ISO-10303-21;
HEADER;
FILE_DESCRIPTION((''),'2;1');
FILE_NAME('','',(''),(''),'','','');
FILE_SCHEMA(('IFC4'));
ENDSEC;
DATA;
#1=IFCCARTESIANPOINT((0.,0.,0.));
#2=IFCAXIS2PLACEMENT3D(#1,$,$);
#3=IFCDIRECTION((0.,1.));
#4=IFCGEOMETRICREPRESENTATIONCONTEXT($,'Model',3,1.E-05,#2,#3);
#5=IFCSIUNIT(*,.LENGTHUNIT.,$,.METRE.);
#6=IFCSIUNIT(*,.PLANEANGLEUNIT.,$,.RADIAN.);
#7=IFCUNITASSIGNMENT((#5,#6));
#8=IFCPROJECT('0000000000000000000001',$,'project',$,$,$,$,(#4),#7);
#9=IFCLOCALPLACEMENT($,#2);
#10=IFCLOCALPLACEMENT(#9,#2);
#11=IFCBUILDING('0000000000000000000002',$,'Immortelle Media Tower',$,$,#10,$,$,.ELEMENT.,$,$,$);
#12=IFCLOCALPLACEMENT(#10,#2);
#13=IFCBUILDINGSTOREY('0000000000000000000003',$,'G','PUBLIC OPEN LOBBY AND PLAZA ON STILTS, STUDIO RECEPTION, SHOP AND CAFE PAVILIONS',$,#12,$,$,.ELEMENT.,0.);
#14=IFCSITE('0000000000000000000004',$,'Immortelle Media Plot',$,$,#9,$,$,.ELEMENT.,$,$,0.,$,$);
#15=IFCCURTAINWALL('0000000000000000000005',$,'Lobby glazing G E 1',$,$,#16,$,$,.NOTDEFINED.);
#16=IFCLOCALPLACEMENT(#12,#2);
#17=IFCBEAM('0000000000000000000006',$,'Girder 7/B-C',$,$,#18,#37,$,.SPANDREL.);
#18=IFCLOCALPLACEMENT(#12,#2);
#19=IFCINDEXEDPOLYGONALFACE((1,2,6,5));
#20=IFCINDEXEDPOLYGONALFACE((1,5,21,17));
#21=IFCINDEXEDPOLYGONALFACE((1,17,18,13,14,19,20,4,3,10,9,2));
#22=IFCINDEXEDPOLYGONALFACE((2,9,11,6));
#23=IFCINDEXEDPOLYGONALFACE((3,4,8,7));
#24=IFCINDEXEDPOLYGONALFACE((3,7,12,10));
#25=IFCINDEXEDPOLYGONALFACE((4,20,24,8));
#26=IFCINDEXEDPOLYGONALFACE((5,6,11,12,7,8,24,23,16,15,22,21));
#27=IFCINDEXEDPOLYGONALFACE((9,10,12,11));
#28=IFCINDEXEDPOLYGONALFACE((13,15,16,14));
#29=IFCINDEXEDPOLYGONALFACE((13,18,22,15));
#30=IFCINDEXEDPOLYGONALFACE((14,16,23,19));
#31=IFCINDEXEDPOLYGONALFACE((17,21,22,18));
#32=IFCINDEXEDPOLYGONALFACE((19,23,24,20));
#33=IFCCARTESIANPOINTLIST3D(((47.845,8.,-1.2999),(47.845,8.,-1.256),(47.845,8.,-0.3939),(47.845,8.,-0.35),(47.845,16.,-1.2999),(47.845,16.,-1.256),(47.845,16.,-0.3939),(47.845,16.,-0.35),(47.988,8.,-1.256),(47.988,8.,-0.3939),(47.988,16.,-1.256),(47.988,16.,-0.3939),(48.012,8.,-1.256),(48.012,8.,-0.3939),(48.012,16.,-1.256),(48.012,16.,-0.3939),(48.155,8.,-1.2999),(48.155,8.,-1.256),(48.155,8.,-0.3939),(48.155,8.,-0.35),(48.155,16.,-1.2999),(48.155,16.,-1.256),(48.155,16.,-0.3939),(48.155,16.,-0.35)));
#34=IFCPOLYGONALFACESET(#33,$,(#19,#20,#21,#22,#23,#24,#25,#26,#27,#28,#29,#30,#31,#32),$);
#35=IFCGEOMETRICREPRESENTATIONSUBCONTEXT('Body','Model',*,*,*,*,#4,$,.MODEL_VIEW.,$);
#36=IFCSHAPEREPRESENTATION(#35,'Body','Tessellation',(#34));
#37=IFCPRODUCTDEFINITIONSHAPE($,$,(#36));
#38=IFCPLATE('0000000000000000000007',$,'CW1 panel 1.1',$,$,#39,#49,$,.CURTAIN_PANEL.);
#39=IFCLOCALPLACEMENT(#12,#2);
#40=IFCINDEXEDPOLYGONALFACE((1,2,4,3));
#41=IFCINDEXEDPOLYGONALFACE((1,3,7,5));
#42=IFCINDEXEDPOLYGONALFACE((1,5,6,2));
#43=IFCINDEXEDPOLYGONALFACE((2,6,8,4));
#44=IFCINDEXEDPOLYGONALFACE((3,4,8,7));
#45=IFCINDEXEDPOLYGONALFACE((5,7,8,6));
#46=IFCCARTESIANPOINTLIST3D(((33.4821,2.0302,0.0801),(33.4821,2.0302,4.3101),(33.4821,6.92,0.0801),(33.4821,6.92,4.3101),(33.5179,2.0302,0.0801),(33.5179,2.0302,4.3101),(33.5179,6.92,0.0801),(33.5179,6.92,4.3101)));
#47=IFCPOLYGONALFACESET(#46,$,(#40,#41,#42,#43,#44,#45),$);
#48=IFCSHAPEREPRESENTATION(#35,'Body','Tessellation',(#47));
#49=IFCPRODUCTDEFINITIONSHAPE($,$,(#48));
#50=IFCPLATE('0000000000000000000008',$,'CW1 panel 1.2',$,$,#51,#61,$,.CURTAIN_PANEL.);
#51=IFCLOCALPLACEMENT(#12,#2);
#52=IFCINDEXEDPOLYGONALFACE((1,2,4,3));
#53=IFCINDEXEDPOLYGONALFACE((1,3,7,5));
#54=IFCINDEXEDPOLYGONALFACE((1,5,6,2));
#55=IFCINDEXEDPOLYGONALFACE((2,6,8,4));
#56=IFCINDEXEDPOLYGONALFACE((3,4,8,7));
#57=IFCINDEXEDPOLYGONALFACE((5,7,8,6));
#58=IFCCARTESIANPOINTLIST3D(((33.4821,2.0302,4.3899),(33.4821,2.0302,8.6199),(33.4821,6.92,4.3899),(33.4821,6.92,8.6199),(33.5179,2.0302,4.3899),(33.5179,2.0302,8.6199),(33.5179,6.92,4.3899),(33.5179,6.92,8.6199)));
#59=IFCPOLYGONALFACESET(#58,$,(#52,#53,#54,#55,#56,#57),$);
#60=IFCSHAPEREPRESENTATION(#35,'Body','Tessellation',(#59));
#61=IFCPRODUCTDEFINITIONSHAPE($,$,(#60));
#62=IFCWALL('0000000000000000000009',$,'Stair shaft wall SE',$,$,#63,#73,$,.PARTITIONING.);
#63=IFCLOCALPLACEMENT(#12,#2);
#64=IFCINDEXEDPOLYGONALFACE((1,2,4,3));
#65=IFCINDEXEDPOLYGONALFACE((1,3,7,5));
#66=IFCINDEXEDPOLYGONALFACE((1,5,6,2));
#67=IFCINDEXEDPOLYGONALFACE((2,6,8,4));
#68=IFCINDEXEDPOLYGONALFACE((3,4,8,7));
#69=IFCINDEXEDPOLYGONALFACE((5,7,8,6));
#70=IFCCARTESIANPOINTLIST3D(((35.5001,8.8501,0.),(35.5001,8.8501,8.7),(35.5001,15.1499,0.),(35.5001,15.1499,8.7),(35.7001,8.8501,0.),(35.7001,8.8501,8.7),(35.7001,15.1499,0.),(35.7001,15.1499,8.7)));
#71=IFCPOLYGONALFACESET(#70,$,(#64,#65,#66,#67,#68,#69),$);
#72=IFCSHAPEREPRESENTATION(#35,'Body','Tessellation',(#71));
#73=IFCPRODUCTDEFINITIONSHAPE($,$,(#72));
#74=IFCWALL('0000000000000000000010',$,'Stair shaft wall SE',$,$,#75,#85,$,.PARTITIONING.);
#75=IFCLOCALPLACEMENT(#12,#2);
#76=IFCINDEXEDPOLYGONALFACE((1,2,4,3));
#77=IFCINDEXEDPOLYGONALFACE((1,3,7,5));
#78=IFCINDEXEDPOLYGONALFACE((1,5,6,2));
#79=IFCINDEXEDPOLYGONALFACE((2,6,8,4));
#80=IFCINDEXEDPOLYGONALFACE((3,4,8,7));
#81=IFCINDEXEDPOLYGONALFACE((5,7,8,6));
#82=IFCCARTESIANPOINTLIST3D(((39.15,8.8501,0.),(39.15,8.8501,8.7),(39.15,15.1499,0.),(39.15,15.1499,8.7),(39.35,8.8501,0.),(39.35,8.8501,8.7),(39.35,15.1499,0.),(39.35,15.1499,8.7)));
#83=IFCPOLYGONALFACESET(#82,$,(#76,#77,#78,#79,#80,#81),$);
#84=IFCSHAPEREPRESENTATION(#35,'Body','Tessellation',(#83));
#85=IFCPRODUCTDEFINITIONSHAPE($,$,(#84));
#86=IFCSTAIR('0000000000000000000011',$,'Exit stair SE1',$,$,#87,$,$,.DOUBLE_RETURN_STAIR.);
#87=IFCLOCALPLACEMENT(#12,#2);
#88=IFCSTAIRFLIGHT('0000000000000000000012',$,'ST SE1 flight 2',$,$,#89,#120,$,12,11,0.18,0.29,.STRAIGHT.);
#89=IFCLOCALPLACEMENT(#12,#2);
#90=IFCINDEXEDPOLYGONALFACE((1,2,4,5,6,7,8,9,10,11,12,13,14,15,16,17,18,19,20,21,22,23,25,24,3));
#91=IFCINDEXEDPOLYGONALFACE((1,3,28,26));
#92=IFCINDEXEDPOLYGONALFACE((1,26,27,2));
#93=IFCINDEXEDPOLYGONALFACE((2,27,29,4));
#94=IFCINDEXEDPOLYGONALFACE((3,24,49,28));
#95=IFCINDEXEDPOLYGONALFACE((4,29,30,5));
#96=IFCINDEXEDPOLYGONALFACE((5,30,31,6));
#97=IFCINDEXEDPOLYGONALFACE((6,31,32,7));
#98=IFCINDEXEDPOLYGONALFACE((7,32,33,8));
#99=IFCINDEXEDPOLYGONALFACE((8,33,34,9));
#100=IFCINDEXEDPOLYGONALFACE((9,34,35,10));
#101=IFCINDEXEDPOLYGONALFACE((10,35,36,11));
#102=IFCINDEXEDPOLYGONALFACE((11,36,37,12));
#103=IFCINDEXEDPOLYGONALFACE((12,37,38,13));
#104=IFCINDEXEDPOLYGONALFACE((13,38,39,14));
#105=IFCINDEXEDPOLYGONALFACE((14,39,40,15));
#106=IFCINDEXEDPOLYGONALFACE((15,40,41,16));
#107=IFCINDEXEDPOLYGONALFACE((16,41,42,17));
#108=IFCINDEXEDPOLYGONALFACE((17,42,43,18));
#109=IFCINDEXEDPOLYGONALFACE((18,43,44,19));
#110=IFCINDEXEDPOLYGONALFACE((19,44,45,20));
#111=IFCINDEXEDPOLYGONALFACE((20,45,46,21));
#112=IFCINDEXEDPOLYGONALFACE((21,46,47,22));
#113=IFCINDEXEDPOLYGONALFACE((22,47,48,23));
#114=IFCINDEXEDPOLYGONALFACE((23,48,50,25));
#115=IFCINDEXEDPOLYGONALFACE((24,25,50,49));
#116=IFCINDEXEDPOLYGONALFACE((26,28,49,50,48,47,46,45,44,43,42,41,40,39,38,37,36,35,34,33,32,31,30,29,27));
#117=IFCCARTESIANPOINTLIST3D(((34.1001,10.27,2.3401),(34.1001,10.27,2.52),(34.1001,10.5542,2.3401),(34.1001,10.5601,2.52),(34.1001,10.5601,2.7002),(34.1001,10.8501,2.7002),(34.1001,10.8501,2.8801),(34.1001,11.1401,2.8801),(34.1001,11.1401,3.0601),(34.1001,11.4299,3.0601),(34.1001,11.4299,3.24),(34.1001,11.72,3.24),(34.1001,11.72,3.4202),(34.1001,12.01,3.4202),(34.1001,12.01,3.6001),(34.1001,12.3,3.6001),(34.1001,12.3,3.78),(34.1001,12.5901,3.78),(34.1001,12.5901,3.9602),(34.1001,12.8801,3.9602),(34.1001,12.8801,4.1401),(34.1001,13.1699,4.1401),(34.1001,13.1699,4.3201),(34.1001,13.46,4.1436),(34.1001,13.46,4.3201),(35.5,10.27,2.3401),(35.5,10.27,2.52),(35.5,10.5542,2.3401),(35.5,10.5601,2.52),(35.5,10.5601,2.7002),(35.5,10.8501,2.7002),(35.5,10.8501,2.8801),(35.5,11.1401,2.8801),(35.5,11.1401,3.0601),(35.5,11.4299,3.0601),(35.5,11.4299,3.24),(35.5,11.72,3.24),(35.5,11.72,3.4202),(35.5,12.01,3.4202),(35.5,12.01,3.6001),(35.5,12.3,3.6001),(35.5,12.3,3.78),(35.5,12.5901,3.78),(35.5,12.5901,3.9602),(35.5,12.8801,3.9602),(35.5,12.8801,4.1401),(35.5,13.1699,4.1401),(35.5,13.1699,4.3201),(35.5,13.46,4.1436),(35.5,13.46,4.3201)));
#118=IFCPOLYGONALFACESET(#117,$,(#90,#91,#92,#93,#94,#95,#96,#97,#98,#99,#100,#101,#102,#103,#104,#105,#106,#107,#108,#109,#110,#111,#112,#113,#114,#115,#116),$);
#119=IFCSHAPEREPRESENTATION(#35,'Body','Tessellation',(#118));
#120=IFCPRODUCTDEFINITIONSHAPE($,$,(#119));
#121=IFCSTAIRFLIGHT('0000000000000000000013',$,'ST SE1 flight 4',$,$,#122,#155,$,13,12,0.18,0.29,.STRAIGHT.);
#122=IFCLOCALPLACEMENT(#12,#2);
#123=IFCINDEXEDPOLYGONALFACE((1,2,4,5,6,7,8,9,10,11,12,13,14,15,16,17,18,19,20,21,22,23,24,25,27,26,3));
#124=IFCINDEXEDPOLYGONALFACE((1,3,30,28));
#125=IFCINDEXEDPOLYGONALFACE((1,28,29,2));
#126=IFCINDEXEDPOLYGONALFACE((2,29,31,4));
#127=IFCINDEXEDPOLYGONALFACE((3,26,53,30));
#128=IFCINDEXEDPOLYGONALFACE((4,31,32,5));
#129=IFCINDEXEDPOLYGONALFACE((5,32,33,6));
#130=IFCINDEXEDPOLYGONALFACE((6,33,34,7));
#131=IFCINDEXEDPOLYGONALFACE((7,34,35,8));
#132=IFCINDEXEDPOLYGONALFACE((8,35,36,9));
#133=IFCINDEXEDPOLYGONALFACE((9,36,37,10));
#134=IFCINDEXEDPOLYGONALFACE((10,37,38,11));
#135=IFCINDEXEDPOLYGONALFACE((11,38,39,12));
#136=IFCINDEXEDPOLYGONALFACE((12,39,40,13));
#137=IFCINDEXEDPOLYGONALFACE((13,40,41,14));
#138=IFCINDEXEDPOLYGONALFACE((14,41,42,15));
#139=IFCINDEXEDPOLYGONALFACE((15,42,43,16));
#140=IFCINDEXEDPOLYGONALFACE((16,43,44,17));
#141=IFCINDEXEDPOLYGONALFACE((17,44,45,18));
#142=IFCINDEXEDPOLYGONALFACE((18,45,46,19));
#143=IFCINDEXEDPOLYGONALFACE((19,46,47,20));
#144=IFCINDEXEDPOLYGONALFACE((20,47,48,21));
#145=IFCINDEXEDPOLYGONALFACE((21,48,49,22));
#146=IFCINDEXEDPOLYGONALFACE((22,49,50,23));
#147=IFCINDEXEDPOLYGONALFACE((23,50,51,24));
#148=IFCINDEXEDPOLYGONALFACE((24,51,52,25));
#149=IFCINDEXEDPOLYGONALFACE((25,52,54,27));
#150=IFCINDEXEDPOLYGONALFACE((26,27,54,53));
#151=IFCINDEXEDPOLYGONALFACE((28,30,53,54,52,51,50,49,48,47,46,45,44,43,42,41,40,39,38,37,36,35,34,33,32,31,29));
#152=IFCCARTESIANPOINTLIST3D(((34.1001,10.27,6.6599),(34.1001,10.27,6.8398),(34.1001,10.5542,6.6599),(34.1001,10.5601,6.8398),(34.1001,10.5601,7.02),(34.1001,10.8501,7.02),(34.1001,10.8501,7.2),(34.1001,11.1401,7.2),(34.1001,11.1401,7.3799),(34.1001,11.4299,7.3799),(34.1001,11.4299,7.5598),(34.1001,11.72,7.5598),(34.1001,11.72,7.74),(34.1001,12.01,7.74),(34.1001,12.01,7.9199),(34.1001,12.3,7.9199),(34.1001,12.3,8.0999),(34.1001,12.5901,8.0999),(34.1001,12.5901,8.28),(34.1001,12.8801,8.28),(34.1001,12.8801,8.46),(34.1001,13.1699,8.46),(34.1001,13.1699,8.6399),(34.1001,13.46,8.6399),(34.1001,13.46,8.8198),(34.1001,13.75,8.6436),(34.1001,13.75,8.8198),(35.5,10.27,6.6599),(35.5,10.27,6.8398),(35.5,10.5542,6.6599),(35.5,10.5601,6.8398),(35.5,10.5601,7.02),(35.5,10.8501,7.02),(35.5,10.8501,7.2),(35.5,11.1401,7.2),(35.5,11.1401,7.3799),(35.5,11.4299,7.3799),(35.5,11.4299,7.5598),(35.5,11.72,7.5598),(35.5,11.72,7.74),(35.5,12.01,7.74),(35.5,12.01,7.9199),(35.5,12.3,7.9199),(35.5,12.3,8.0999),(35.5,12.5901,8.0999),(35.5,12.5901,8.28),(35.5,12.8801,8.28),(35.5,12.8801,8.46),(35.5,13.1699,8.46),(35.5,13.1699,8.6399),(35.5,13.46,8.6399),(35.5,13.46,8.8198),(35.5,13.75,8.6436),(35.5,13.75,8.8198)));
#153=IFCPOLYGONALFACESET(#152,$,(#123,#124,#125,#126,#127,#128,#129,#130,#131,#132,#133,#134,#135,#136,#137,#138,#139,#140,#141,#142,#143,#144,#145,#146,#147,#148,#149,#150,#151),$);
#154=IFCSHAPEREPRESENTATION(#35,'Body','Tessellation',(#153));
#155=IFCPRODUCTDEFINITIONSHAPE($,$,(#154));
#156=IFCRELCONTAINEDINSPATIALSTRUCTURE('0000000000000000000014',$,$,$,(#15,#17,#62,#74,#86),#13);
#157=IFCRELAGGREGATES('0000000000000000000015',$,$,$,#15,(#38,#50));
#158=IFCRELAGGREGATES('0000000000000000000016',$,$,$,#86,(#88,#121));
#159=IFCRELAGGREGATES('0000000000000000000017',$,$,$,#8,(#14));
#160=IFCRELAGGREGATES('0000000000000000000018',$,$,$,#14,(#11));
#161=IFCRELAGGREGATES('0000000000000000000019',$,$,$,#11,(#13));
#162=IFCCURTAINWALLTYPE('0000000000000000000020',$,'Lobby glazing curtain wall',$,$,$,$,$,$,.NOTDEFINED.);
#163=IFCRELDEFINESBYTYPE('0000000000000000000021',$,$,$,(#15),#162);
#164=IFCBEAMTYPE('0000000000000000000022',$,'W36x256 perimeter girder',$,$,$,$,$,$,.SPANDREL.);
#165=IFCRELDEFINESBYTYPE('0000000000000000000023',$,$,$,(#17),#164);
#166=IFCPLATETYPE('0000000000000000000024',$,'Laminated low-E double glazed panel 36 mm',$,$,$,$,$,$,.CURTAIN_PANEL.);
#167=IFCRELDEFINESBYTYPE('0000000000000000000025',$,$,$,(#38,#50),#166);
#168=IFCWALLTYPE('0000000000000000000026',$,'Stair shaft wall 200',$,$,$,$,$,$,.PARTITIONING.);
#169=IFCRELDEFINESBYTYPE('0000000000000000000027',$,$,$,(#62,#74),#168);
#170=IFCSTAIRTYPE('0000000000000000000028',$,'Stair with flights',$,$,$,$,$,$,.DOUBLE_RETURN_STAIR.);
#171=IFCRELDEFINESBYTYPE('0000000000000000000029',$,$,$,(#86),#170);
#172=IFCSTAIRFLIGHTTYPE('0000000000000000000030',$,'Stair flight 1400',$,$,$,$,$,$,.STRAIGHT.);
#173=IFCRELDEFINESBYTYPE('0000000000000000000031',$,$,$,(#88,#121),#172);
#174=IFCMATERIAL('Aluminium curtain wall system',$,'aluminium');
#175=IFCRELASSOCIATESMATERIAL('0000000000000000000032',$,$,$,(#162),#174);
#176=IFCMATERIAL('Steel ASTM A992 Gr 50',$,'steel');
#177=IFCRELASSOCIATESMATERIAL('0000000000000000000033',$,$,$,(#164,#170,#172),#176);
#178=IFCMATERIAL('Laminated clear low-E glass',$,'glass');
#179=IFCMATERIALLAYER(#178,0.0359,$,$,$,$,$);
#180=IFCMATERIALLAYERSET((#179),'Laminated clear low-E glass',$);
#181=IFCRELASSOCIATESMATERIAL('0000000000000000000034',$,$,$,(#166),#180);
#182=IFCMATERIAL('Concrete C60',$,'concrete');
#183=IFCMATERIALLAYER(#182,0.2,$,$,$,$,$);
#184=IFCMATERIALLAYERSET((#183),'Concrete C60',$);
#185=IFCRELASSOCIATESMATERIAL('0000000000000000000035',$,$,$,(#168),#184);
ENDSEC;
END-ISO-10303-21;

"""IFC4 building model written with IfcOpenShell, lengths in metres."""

from ifc_helpers import new_model, si_unit, direction, frame, frame_2d, origin, origin_2d, place, context, subcontext, project, spatial, polyline, rectangle, i_section, outline, extrude, material, layer, layer_set, material_profile, profile_set, type_object, element, aggregate, save


model = new_model("IFC4")

# Units and contexts
model_context = context("Model", 3, precision=1e-05, world=origin(), true_north=direction((0.0, 1.0)))
body_context = subcontext(model_context, "Body", "Model", "MODEL_VIEW")
ifc_project = project(units=[si_unit("LENGTHUNIT", "METRE"), si_unit("PLANEANGLEUNIT", "RADIAN")], contexts=[model_context])

# Site, building, storey
site_placement = place(None, origin())
site = spatial("IfcSite", under=ifc_project, at=site_placement, Name="Immortelle Media Plot", CompositionType="ELEMENT", RefElevation=0.0)
building_placement = place(site_placement, origin())
building = spatial("IfcBuilding", under=site, at=building_placement, Name="Immortelle Media Tower", CompositionType="ELEMENT")
storey_placement = place(building_placement, origin())
storey = spatial("IfcBuildingStorey", under=building, at=storey_placement, Name="G", Description="PUBLIC OPEN LOBBY AND PLAZA ON STILTS, STUDIO RECEPTION, SHOP AND CAFE PAVILIONS", CompositionType="ELEMENT", Elevation=0.0)

# Curtain wall
ifc_material_1 = material(Name="Aluminium curtain wall system", Category="aluminium")
curtain_wall_type = type_object("IfcCurtainWallType", Name="Lobby glazing curtain wall", PredefinedType="NOTDEFINED", material=ifc_material_1)
curtain_wall_1_placement = place(storey_placement, origin())
curtain_wall_1 = element("IfcCurtainWall", 1, at=curtain_wall_1_placement, inside=storey, type_object=curtain_wall_type, Name="Lobby glazing G E 1", PredefinedType="NOTDEFINED")

# Beam
ifc_material_2 = material(Name="Steel ASTM A992 Gr 50", Category="steel")
ifc_material_profile_1 = material_profile(ifc_material_2, i_section(OverallWidth=0.3101, OverallDepth=0.95, WebThickness=0.0239, FlangeThickness=0.0439, at=origin_2d()), Name="W36x256")
ifc_profile_set_1 = profile_set([ifc_material_profile_1], Name="Steel ASTM A992 Gr 50")
beam_type_1 = type_object("IfcBeamType", Name="W36x256 perimeter girder", PredefinedType="SPANDREL", material=ifc_profile_set_1)
beam_1_placement = place(storey_placement, frame((48.0, 8.0, -0.825), z_axis=(0.0, 1.0, 0.0), x_axis=(-1.0, 0.0, 0.0)))
element("IfcBeam", 2, at=beam_1_placement, inside=storey, type_object=beam_type_1, Name="Girder 7/B-C", PredefinedType="SPANDREL", context=body_context, shape_type="SweptSolid", body=[
    extrude(i_section(OverallWidth=0.3101, OverallDepth=0.95, WebThickness=0.0239, FlangeThickness=0.0439, at=origin_2d()), origin(), (0.0, 0.0, 1.0), 8.0),
])

# Plates
ifc_material_3 = material(Name="Laminated clear low-E glass", Category="glass")
ifc_layer_1 = layer(ifc_material_3, 0.0359)
ifc_layer_set_1 = layer_set([ifc_layer_1], Name="Laminated clear low-E glass")
plate_type = type_object("IfcPlateType", Name="Laminated low-E double glazed panel 36 mm", PredefinedType="CURTAIN_PANEL", material=ifc_layer_set_1)
plate_1_placement = place(storey_placement, frame((33.5, 4.4751, 0.0801), z_axis=(0.0, 0.0, 1.0), x_axis=(0.0, 1.0, 0.0)))
plate_1 = element("IfcPlate", 3, at=plate_1_placement, type_object=plate_type, Name="CW1 panel 1.1", PredefinedType="CURTAIN_PANEL", context=body_context, shape_type="SweptSolid", body=[
    extrude(rectangle(XDim=4.8899, YDim=0.0359, at=origin_2d()), origin(), (0.0, 0.0, 1.0), 4.23),
])
plate_2_placement = place(storey_placement, frame((33.5, 4.4751, 4.3899), z_axis=(0.0, 0.0, 1.0), x_axis=(0.0, 1.0, 0.0)))
plate_2 = element("IfcPlate", 4, at=plate_2_placement, type_object=plate_type, Name="CW1 panel 1.2", PredefinedType="CURTAIN_PANEL", context=body_context, shape_type="SweptSolid", body=[
    extrude(rectangle(XDim=4.8899, YDim=0.0359, at=origin_2d()), origin(), (0.0, 0.0, 1.0), 4.23),
])
aggregate(curtain_wall_1, [plate_1, plate_2])

# Walls
ifc_material_4 = material(Name="Concrete C60", Category="concrete")
ifc_layer_2 = layer(ifc_material_4, 0.2)
ifc_layer_set_2 = layer_set([ifc_layer_2], Name="Concrete C60")
wall_type = type_object("IfcWallType", Name="Stair shaft wall 200", PredefinedType="PARTITIONING", material=ifc_layer_set_2)
for number, where, z_axis, x_axis, name in (
    (5, (35.6001, 8.8501, 0.0), (0.0, 0.0, 1.0), (0.0, 1.0, 0.0), "Stair shaft wall SE"),
    (6, (39.25, 8.8501, 0.0), (0.0, 0.0, 1.0), (0.0, 1.0, 0.0), "Stair shaft wall SE"),
):
    element("IfcWall", number, at=place(storey_placement, frame(where, z_axis=z_axis, x_axis=x_axis)), inside=storey, type_object=wall_type, Name=name, PredefinedType="PARTITIONING", context=body_context, shape_type="SweptSolid", body=[
        extrude(rectangle(XDim=6.2998, YDim=0.2, at=frame_2d((3.1499, 0.0))), origin(), (0.0, 0.0, 1.0), 8.7),
    ])

# Stair, stair flights
stair_type = type_object("IfcStairType", Name="Stair with flights", PredefinedType="DOUBLE_RETURN_STAIR", material=ifc_material_2)
stair_placement = place(storey_placement, origin())
stair = element("IfcStair", 7, at=stair_placement, inside=storey, type_object=stair_type, Name="Exit stair SE1", PredefinedType="DOUBLE_RETURN_STAIR")
stair_flight_type = type_object("IfcStairFlightType", Name="Stair flight 1400", PredefinedType="STRAIGHT", material=ifc_material_2)
stair_flight_1_placement = place(storey_placement, frame((34.8, 10.27, 2.3401), z_axis=(0.0, 0.0, 1.0), x_axis=(0.0, 1.0, 0.0)))
stair_flight_1 = element("IfcStairFlight", 8, at=stair_flight_1_placement, type_object=stair_flight_type, Name="ST SE1 flight 2", NumberOfRisers=12, NumberOfTreads=11, PredefinedType="STRAIGHT", RiserHeight=0.18, TreadLength=0.29, context=body_context, shape_type="SweptSolid", body=[
    extrude(outline(polyline([(0.0, 0.0), (0.0, 0.1799), (0.29, 0.1799), (0.29, 0.3601), (0.5801, 0.3601), (0.5801, 0.54), (0.8701, 0.54), (0.8701, 0.72), (1.1599, 0.72), (1.1599, 0.8999), (1.45, 0.8999), (1.45, 1.0801), (1.74, 1.0801), (1.74, 1.26), (2.03, 1.26), (2.03, 1.4399), (2.3201, 1.4399), (2.3201, 1.6201), (2.6101, 1.6201), (2.6101, 1.8), (2.8999, 1.8), (2.8999, 1.98), (3.1899, 1.98), (3.1899, 2.1599), (3.1899, 1.8035), (0.2842, 0.0), (0.0, 0.0)])), frame((0.0, 0.7, 0.0), z_axis=(0.0, -1.0, 0.0), x_axis=(1.0, 0.0, 0.0)), (0.0, 0.0, 1.0), 1.3999),
])
stair_flight_2_placement = place(storey_placement, frame((34.8, 10.27, 6.6599), z_axis=(0.0, 0.0, 1.0), x_axis=(0.0, 1.0, 0.0)))
stair_flight_2 = element("IfcStairFlight", 9, at=stair_flight_2_placement, type_object=stair_flight_type, Name="ST SE1 flight 4", NumberOfRisers=13, NumberOfTreads=12, PredefinedType="STRAIGHT", RiserHeight=0.18, TreadLength=0.29, context=body_context, shape_type="SweptSolid", body=[
    extrude(outline(polyline([(0.0, 0.0), (0.0, 0.1799), (0.29, 0.1799), (0.29, 0.3601), (0.5801, 0.3601), (0.5801, 0.54), (0.8701, 0.54), (0.8701, 0.72), (1.1599, 0.72), (1.1599, 0.8999), (1.45, 0.8999), (1.45, 1.0801), (1.74, 1.0801), (1.74, 1.26), (2.03, 1.26), (2.03, 1.4399), (2.3201, 1.4399), (2.3201, 1.6201), (2.6101, 1.6201), (2.6101, 1.8), (2.8999, 1.8), (2.8999, 1.98), (3.1899, 1.98), (3.1899, 2.1599), (3.48, 2.1599), (3.48, 2.3401), (3.48, 1.9836), (0.2842, 0.0), (0.0, 0.0)])), frame((0.0, 0.7, 0.0), z_axis=(0.0, -1.0, 0.0), x_axis=(1.0, 0.0, 0.0)), (0.0, 0.0, 1.0), 1.3999),
])
aggregate(stair, [stair_flight_1, stair_flight_2])

save(model, "model.ifc")
